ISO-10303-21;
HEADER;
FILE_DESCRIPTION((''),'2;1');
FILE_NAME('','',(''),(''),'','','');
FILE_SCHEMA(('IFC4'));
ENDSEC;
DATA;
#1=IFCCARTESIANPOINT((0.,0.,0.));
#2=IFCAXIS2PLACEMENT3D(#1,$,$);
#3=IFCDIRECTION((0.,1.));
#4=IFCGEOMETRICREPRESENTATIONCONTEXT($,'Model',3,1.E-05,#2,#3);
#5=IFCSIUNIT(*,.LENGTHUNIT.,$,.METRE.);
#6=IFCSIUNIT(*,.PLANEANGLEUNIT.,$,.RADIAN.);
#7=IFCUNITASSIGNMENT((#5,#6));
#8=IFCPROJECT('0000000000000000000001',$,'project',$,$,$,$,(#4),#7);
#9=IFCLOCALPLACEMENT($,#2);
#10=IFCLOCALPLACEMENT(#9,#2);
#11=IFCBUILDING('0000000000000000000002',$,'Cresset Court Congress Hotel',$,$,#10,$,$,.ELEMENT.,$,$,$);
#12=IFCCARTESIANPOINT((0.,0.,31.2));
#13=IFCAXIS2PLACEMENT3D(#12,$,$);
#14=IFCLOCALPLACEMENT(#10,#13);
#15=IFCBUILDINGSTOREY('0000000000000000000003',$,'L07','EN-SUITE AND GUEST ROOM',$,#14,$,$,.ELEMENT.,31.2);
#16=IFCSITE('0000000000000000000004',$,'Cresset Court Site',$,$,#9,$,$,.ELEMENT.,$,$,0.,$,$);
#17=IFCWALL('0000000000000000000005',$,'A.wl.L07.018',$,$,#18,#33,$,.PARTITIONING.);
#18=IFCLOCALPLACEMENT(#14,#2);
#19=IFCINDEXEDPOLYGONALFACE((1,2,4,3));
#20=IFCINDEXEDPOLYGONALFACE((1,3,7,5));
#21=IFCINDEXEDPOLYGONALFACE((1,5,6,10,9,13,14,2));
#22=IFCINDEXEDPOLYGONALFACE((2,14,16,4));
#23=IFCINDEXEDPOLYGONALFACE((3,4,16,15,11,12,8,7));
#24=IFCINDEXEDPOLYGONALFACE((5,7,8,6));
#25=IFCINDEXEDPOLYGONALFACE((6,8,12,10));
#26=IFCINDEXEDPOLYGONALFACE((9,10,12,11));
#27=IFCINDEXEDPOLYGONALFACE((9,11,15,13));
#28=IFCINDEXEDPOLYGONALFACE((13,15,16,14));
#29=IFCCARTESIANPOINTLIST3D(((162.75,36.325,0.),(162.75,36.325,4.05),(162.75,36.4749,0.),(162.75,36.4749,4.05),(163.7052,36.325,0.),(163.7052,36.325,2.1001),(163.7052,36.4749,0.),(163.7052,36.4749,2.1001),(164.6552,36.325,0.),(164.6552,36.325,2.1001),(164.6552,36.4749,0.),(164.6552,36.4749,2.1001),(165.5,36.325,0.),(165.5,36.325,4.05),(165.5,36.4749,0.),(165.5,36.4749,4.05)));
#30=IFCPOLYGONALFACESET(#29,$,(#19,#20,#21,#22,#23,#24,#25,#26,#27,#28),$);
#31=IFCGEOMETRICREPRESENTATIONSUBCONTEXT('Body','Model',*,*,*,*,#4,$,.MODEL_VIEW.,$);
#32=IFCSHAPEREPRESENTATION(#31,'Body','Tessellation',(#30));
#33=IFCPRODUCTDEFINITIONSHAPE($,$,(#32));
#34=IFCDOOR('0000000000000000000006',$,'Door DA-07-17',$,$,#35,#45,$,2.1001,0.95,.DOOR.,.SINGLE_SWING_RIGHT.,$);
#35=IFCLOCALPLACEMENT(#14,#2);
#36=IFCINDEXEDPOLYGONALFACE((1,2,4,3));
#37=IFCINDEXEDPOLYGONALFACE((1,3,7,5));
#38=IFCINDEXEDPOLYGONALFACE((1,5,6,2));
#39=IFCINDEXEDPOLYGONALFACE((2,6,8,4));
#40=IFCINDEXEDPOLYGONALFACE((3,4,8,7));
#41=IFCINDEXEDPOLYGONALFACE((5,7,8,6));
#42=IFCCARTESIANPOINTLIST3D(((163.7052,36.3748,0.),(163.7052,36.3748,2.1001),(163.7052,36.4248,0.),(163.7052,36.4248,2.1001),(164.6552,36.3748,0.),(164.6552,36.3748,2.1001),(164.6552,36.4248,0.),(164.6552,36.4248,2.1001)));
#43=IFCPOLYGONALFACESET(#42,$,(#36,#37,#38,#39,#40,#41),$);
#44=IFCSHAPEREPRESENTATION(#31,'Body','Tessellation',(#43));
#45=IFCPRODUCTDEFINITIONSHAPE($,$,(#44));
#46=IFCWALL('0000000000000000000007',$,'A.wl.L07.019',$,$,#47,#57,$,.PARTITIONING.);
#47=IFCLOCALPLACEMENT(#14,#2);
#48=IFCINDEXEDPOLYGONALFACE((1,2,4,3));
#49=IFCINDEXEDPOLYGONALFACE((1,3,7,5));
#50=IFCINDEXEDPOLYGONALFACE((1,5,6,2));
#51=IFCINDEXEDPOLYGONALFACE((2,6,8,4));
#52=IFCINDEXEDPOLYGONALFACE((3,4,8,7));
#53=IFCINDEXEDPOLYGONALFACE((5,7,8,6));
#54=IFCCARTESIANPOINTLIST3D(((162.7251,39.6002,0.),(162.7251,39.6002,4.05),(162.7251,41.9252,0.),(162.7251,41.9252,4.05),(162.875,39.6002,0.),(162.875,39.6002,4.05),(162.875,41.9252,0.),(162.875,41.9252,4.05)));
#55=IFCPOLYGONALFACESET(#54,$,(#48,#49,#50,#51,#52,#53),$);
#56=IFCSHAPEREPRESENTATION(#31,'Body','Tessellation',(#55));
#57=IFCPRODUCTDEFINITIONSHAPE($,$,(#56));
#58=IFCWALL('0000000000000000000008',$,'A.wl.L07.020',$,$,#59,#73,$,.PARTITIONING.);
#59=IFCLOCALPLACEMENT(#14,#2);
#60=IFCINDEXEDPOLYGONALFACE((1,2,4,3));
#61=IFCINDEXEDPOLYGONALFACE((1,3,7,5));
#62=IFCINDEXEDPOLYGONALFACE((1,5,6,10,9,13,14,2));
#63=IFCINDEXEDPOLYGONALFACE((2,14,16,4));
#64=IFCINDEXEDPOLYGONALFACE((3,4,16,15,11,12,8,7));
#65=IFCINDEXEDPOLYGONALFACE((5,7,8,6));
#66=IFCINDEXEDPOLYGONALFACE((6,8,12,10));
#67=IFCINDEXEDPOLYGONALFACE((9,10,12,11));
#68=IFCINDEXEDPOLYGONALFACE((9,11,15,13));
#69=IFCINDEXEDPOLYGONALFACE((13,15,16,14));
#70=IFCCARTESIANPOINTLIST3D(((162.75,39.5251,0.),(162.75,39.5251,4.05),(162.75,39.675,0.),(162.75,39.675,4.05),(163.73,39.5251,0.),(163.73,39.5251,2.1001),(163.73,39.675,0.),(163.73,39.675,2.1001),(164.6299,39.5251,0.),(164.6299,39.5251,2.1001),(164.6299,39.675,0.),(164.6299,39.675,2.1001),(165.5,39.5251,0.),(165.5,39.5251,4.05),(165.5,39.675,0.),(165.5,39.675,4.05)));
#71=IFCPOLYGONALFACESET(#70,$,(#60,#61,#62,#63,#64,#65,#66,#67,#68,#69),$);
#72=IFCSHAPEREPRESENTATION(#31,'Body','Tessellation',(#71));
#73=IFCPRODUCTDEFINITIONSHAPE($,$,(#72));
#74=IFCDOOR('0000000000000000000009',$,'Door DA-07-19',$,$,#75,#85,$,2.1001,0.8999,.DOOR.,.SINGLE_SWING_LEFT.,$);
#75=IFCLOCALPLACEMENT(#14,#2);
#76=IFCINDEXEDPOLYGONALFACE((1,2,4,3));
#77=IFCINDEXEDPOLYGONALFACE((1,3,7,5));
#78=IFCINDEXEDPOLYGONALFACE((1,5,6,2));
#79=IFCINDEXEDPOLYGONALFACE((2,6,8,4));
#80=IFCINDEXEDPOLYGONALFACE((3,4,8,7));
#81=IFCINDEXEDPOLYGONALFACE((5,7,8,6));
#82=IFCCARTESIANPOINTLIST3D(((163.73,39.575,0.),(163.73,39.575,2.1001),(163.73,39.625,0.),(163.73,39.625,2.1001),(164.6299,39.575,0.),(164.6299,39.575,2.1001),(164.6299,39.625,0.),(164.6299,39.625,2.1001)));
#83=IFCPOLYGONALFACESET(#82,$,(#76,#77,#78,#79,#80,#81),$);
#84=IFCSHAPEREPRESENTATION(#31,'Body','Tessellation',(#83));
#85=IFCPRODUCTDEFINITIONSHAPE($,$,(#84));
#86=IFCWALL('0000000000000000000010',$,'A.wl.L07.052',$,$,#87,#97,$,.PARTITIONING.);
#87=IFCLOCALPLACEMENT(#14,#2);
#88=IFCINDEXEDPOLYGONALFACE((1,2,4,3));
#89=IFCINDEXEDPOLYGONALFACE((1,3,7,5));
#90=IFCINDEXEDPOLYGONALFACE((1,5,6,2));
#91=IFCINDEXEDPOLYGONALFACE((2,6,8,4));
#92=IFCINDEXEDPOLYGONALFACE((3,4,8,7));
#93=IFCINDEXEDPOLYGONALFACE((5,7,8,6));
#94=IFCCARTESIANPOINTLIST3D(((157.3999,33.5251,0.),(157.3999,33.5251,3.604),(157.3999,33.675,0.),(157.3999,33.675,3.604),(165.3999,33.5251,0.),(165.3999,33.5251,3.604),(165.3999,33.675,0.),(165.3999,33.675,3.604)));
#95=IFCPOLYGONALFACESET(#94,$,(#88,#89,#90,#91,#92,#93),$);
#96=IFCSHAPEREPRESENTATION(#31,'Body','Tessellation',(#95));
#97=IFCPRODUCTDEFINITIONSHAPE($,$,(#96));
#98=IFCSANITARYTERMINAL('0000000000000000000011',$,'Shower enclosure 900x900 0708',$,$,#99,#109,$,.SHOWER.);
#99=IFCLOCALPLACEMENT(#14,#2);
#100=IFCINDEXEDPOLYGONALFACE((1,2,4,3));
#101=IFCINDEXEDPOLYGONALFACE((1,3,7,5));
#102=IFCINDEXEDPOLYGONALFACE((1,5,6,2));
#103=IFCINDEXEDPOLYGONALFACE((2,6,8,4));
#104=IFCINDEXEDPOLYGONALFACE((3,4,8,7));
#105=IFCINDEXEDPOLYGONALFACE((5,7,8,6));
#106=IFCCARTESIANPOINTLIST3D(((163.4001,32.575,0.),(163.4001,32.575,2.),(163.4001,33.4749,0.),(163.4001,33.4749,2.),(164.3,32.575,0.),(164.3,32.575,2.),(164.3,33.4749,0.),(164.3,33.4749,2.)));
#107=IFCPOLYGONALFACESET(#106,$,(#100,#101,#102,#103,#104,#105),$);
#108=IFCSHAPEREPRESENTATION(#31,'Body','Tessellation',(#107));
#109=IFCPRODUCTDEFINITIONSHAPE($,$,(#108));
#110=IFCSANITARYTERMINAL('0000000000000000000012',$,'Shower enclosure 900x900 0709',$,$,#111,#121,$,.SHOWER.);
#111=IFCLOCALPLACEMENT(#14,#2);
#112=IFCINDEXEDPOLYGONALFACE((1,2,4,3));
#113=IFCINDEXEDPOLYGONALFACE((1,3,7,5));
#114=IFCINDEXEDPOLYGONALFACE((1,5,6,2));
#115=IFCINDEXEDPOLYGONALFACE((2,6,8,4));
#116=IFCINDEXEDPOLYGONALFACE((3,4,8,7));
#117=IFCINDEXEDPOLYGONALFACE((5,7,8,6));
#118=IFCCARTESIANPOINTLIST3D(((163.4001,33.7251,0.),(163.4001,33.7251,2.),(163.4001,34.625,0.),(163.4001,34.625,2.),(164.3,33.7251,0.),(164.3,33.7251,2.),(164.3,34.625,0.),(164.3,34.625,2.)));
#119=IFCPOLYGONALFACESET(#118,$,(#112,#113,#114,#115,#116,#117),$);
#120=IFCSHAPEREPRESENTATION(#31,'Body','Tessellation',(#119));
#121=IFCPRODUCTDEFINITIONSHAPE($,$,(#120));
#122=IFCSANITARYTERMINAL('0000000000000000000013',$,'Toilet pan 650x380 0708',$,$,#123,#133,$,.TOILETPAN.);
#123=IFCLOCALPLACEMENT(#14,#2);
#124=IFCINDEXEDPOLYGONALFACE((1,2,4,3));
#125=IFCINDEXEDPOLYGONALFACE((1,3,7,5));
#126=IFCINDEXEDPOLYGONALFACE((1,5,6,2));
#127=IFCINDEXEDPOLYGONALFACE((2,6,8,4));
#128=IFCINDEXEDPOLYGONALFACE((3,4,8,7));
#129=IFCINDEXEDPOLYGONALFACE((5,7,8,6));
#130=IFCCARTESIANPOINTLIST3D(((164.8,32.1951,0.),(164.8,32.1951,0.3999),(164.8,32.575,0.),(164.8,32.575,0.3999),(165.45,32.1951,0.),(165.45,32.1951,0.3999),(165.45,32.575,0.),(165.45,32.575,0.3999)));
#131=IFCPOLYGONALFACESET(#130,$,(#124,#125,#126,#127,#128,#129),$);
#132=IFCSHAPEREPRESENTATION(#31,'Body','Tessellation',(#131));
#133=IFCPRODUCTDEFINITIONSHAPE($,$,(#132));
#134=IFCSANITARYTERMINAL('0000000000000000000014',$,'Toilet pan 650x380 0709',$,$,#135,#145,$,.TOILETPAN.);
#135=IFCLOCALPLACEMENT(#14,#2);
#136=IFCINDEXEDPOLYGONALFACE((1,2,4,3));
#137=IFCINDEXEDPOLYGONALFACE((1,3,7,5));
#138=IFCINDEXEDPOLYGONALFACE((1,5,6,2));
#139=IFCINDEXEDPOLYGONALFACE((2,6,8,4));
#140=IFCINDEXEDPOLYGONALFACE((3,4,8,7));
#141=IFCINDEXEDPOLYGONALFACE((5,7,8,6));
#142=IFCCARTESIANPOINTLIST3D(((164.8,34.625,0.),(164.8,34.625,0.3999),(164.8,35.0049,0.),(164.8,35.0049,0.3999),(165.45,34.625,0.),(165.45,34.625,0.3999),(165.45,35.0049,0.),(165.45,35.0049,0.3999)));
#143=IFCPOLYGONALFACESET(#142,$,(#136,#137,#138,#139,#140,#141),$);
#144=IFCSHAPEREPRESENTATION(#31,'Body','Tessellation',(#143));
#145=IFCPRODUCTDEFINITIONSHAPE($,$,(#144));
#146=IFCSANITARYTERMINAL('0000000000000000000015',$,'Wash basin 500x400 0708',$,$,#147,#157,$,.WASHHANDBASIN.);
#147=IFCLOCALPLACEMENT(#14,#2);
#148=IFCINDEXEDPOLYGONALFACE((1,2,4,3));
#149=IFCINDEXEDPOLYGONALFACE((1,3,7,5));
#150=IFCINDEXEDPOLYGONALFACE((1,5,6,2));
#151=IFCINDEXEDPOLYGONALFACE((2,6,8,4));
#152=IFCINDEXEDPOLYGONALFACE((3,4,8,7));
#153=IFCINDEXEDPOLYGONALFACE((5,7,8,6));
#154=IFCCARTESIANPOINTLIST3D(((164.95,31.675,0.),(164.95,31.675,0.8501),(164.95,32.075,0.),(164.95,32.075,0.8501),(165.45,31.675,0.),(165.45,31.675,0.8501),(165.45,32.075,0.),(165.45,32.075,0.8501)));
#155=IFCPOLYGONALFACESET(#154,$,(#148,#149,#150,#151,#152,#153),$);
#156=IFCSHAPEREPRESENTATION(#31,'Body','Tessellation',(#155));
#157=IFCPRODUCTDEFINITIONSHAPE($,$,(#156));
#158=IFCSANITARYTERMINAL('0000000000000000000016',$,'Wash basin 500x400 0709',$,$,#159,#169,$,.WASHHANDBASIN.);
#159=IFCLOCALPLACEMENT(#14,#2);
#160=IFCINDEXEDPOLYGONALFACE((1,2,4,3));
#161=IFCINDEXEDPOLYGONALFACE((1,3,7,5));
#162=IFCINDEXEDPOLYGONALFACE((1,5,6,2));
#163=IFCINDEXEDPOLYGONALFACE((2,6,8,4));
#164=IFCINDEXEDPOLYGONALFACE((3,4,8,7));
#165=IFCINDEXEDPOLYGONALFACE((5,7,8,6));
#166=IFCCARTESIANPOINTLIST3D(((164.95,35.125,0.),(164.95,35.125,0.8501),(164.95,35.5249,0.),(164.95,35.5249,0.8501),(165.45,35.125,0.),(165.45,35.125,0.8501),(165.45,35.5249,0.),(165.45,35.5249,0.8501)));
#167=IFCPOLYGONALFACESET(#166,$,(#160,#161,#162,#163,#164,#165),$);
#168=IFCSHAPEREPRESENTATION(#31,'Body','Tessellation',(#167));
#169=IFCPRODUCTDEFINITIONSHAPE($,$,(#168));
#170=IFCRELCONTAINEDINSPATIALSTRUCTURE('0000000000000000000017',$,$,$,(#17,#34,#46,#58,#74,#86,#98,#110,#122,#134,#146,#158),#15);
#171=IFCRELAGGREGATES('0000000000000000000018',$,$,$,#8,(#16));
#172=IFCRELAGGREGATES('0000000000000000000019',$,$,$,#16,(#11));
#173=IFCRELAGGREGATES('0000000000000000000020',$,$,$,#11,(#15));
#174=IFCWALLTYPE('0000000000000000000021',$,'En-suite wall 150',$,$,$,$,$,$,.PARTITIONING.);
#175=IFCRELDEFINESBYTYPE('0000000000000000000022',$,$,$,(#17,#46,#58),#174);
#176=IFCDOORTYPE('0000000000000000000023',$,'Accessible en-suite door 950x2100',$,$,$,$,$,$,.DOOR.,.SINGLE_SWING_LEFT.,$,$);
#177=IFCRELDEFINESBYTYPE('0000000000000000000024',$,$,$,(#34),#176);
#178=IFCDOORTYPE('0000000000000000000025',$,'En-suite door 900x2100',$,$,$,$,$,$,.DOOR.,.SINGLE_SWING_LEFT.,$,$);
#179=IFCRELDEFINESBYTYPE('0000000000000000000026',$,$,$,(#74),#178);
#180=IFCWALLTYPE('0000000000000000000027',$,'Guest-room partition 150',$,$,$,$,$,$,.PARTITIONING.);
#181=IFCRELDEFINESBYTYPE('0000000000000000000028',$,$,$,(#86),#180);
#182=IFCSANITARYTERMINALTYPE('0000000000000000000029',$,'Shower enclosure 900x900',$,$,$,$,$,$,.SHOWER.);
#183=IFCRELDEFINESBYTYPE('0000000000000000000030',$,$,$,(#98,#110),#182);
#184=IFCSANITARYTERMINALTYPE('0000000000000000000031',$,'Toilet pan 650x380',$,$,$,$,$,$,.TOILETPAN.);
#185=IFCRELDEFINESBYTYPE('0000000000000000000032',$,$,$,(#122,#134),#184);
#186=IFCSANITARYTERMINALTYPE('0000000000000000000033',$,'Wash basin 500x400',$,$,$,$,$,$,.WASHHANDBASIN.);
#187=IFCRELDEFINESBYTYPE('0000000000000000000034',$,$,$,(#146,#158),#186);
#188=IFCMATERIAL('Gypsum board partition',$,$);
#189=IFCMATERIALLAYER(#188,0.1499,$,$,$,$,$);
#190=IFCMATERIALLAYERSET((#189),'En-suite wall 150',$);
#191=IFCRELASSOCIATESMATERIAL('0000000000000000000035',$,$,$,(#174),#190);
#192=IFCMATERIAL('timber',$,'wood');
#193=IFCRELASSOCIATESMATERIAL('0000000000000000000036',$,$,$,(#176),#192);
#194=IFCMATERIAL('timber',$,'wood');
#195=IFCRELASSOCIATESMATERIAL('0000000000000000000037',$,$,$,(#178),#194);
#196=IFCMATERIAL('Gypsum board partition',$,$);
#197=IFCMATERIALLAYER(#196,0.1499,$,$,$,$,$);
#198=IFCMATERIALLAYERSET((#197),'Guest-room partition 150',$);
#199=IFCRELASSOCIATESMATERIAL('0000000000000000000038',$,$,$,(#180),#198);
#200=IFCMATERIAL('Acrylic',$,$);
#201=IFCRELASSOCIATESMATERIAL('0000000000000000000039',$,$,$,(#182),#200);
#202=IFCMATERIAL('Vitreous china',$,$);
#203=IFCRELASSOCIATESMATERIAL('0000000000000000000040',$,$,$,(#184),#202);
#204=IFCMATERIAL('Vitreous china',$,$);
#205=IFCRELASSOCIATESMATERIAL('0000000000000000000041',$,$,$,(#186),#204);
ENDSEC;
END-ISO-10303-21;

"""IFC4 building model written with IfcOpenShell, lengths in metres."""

from ifc_helpers import new_model, si_unit, direction, frame, frame_2d, origin, origin_2d, place, context, subcontext, project, spatial, rectangle, extrude, material, layer, layer_set, type_object, element, fill, save


model = new_model("IFC4")

# Units and contexts
model_context = context("Model", 3, precision=1e-05, world=origin(), true_north=direction((0.0, 1.0)))
body_context = subcontext(model_context, "Body", "Model", "MODEL_VIEW")
ifc_project = project(units=[si_unit("LENGTHUNIT", "METRE"), si_unit("PLANEANGLEUNIT", "RADIAN")], contexts=[model_context])

# Site, building, storey
site_placement = place(None, origin())
site = spatial("IfcSite", under=ifc_project, at=site_placement, Name="Cresset Court Site", CompositionType="ELEMENT", RefElevation=0.0)
building_placement = place(site_placement, origin())
building = spatial("IfcBuilding", under=site, at=building_placement, Name="Cresset Court Congress Hotel", CompositionType="ELEMENT")
storey_placement = place(building_placement, frame((0.0, 0.0, 31.2)))
storey = spatial("IfcBuildingStorey", under=building, at=storey_placement, Name="L07", Description="EN-SUITE AND GUEST ROOM", CompositionType="ELEMENT", Elevation=31.2)

# Shared definitions
ifc_material_1 = material(Name="Gypsum board partition")
ifc_layer_1 = layer(ifc_material_1, 0.1499)
ifc_layer_set_1 = layer_set([ifc_layer_1], Name="En-suite wall 150")
wall_type_1 = type_object("IfcWallType", Name="En-suite wall 150", PredefinedType="PARTITIONING", material=ifc_layer_set_1)

# Wall, opening, door
wall_1_placement = place(storey_placement, frame((162.75, 36.3999, 0.0), z_axis=(0.0, 0.0, 1.0), x_axis=(1.0, 0.0, 0.0)))
wall_1 = element("IfcWall", 1, at=wall_1_placement, inside=storey, type_object=wall_type_1, Name="A.wl.L07.018", PredefinedType="PARTITIONING", context=body_context, shape_type="SweptSolid", body=[
    extrude(rectangle(XDim=2.75, YDim=0.1499, at=frame_2d((1.375, 0.0))), origin(), (0.0, 0.0, 1.0), 4.05),
])
opening_1_placement = place(wall_1_placement, frame((0.9551, 0.0, 0.0)))
opening_1 = element("IfcOpeningElement", 2, at=opening_1_placement, cuts=wall_1, PredefinedType="OPENING", context=body_context, shape_type="SweptSolid", body=[
    extrude(rectangle(XDim=0.95, YDim=2.1001, at=frame_2d((0.4751, 1.05))), frame((0.0, 0.085, 0.0), z_axis=(0.0, -1.0, 0.0), x_axis=(1.0, 0.0, 0.0)), (0.0, 0.0, 1.0), 0.1699),
])
ifc_material_2 = material(Name="timber", Category="wood")
door_type_1 = type_object("IfcDoorType", Name="Accessible en-suite door 950x2100", OperationType="SINGLE_SWING_LEFT", PredefinedType="DOOR", material=ifc_material_2)
door_1_placement = place(opening_1_placement, origin())
door_1 = element("IfcDoor", 3, at=door_1_placement, inside=storey, type_object=door_type_1, Name="Door DA-07-17", OperationType="SINGLE_SWING_RIGHT", OverallHeight=2.1001, OverallWidth=0.95, PredefinedType="DOOR", context=body_context, shape_type="SweptSolid", body=[
    extrude(rectangle(XDim=0.95, YDim=2.1001, at=frame_2d((0.4751, 1.05))), frame((0.0, 0.0249, 0.0), z_axis=(0.0, -1.0, 0.0), x_axis=(1.0, 0.0, 0.0)), (0.0, 0.0, 1.0), 0.05),
])
fill(opening_1, door_1)

# Wall
wall_2_placement = place(storey_placement, frame((162.8, 39.6001, 0.0), z_axis=(0.0, 0.0, 1.0), x_axis=(0.0, 1.0, 0.0)))
element("IfcWall", 4, at=wall_2_placement, inside=storey, type_object=wall_type_1, Name="A.wl.L07.019", PredefinedType="PARTITIONING", context=body_context, shape_type="SweptSolid", body=[
    extrude(rectangle(XDim=2.325, YDim=0.1499, at=frame_2d((1.1626, 0.0))), origin(), (0.0, 0.0, 1.0), 4.05),
])

# Wall, opening, door
wall_3_placement = place(storey_placement, frame((162.75, 39.6001, 0.0), z_axis=(0.0, 0.0, 1.0), x_axis=(1.0, 0.0, 0.0)))
wall_3 = element("IfcWall", 5, at=wall_3_placement, inside=storey, type_object=wall_type_1, Name="A.wl.L07.020", PredefinedType="PARTITIONING", context=body_context, shape_type="SweptSolid", body=[
    extrude(rectangle(XDim=2.75, YDim=0.1499, at=frame_2d((1.375, 0.0))), origin(), (0.0, 0.0, 1.0), 4.05),
])
opening_2_placement = place(wall_3_placement, frame((0.98, 0.0, 0.0)))
opening_2 = element("IfcOpeningElement", 6, at=opening_2_placement, cuts=wall_3, PredefinedType="OPENING", context=body_context, shape_type="SweptSolid", body=[
    extrude(rectangle(XDim=0.8999, YDim=2.1001, at=frame_2d((0.45, 1.05))), frame((0.0, 0.085, 0.0), z_axis=(0.0, -1.0, 0.0), x_axis=(1.0, 0.0, 0.0)), (0.0, 0.0, 1.0), 0.1699),
])
ifc_material_3 = material(Name="timber", Category="wood")
door_type_2 = type_object("IfcDoorType", Name="En-suite door 900x2100", OperationType="SINGLE_SWING_LEFT", PredefinedType="DOOR", material=ifc_material_3)
door_2_placement = place(opening_2_placement, origin())
door_2 = element("IfcDoor", 7, at=door_2_placement, inside=storey, type_object=door_type_2, Name="Door DA-07-19", OperationType="SINGLE_SWING_LEFT", OverallHeight=2.1001, OverallWidth=0.8999, PredefinedType="DOOR", context=body_context, shape_type="SweptSolid", body=[
    extrude(rectangle(XDim=0.8999, YDim=2.1001, at=frame_2d((0.45, 1.05))), frame((0.0, 0.0249, 0.0), z_axis=(0.0, -1.0, 0.0), x_axis=(1.0, 0.0, 0.0)), (0.0, 0.0, 1.0), 0.05),
])
fill(opening_2, door_2)

# Wall
ifc_material_4 = material(Name="Gypsum board partition")
ifc_layer_2 = layer(ifc_material_4, 0.1499)
ifc_layer_set_2 = layer_set([ifc_layer_2], Name="Guest-room partition 150")
wall_type_2 = type_object("IfcWallType", Name="Guest-room partition 150", PredefinedType="PARTITIONING", material=ifc_layer_set_2)
wall_4_placement = place(storey_placement, frame((157.3999, 33.6001, 0.0), z_axis=(0.0, 0.0, 1.0), x_axis=(1.0, 0.0, 0.0)))
element("IfcWall", 8, at=wall_4_placement, inside=storey, type_object=wall_type_2, Name="A.wl.L07.052", PredefinedType="PARTITIONING", context=body_context, shape_type="SweptSolid", body=[
    extrude(rectangle(XDim=8.0, YDim=0.1499, at=frame_2d((4.0, 0.0))), origin(), (0.0, 0.0, 1.0), 3.604),
])

# Sanitary terminals
ifc_material_5 = material(Name="Acrylic")
sanitary_terminal_type_1 = type_object("IfcSanitaryTerminalType", Name="Shower enclosure 900x900", PredefinedType="SHOWER", material=ifc_material_5)
for number, where, z_axis, x_axis, name in (
    (9, (163.8501, 33.0249, 0.0), (0.0, 0.0, 1.0), (1.0, 0.0, 0.0), "Shower enclosure 900x900 0708"),
    (10, (163.8501, 34.175, 0.0), (0.0, 0.0, 1.0), (1.0, 0.0, 0.0), "Shower enclosure 900x900 0709"),
):
    element("IfcSanitaryTerminal", number, at=place(storey_placement, frame(where, z_axis=z_axis, x_axis=x_axis)), inside=storey, type_object=sanitary_terminal_type_1, Name=name, PredefinedType="SHOWER", context=body_context, shape_type="SweptSolid", body=[
        extrude(rectangle(XDim=0.8999, YDim=0.8999, at=origin_2d()), origin(), (0.0, 0.0, 1.0), 2.0),
    ])
ifc_material_6 = material(Name="Vitreous china")
sanitary_terminal_type_2 = type_object("IfcSanitaryTerminalType", Name="Toilet pan 650x380", PredefinedType="TOILETPAN", material=ifc_material_6)
for number, where, z_axis, x_axis, name in (
    (11, (165.125, 32.385, 0.0), (0.0, 0.0, 1.0), (1.0, 0.0, 0.0), "Toilet pan 650x380 0708"),
    (12, (165.125, 34.8149, 0.0), (0.0, 0.0, 1.0), (1.0, 0.0, 0.0), "Toilet pan 650x380 0709"),
):
    element("IfcSanitaryTerminal", number, at=place(storey_placement, frame(where, z_axis=z_axis, x_axis=x_axis)), inside=storey, type_object=sanitary_terminal_type_2, Name=name, PredefinedType="TOILETPAN", context=body_context, shape_type="SweptSolid", body=[
        extrude(rectangle(XDim=0.6499, YDim=0.3799, at=origin_2d()), origin(), (0.0, 0.0, 1.0), 0.3999),
    ])
ifc_material_7 = material(Name="Vitreous china")
sanitary_terminal_type_3 = type_object("IfcSanitaryTerminalType", Name="Wash basin 500x400", PredefinedType="WASHHANDBASIN", material=ifc_material_7)
for number, where, z_axis, x_axis, name in (
    (13, (165.2, 31.875, 0.0), (0.0, 0.0, 1.0), (1.0, 0.0, 0.0), "Wash basin 500x400 0708"),
    (14, (165.2, 35.325, 0.0), (0.0, 0.0, 1.0), (1.0, 0.0, 0.0), "Wash basin 500x400 0709"),
):
    element("IfcSanitaryTerminal", number, at=place(storey_placement, frame(where, z_axis=z_axis, x_axis=x_axis)), inside=storey, type_object=sanitary_terminal_type_3, Name=name, PredefinedType="WASHHANDBASIN", context=body_context, shape_type="SweptSolid", body=[
        extrude(rectangle(XDim=0.5, YDim=0.3999, at=origin_2d()), origin(), (0.0, 0.0, 1.0), 0.8501),
    ])

save(model, "model.ifc")
